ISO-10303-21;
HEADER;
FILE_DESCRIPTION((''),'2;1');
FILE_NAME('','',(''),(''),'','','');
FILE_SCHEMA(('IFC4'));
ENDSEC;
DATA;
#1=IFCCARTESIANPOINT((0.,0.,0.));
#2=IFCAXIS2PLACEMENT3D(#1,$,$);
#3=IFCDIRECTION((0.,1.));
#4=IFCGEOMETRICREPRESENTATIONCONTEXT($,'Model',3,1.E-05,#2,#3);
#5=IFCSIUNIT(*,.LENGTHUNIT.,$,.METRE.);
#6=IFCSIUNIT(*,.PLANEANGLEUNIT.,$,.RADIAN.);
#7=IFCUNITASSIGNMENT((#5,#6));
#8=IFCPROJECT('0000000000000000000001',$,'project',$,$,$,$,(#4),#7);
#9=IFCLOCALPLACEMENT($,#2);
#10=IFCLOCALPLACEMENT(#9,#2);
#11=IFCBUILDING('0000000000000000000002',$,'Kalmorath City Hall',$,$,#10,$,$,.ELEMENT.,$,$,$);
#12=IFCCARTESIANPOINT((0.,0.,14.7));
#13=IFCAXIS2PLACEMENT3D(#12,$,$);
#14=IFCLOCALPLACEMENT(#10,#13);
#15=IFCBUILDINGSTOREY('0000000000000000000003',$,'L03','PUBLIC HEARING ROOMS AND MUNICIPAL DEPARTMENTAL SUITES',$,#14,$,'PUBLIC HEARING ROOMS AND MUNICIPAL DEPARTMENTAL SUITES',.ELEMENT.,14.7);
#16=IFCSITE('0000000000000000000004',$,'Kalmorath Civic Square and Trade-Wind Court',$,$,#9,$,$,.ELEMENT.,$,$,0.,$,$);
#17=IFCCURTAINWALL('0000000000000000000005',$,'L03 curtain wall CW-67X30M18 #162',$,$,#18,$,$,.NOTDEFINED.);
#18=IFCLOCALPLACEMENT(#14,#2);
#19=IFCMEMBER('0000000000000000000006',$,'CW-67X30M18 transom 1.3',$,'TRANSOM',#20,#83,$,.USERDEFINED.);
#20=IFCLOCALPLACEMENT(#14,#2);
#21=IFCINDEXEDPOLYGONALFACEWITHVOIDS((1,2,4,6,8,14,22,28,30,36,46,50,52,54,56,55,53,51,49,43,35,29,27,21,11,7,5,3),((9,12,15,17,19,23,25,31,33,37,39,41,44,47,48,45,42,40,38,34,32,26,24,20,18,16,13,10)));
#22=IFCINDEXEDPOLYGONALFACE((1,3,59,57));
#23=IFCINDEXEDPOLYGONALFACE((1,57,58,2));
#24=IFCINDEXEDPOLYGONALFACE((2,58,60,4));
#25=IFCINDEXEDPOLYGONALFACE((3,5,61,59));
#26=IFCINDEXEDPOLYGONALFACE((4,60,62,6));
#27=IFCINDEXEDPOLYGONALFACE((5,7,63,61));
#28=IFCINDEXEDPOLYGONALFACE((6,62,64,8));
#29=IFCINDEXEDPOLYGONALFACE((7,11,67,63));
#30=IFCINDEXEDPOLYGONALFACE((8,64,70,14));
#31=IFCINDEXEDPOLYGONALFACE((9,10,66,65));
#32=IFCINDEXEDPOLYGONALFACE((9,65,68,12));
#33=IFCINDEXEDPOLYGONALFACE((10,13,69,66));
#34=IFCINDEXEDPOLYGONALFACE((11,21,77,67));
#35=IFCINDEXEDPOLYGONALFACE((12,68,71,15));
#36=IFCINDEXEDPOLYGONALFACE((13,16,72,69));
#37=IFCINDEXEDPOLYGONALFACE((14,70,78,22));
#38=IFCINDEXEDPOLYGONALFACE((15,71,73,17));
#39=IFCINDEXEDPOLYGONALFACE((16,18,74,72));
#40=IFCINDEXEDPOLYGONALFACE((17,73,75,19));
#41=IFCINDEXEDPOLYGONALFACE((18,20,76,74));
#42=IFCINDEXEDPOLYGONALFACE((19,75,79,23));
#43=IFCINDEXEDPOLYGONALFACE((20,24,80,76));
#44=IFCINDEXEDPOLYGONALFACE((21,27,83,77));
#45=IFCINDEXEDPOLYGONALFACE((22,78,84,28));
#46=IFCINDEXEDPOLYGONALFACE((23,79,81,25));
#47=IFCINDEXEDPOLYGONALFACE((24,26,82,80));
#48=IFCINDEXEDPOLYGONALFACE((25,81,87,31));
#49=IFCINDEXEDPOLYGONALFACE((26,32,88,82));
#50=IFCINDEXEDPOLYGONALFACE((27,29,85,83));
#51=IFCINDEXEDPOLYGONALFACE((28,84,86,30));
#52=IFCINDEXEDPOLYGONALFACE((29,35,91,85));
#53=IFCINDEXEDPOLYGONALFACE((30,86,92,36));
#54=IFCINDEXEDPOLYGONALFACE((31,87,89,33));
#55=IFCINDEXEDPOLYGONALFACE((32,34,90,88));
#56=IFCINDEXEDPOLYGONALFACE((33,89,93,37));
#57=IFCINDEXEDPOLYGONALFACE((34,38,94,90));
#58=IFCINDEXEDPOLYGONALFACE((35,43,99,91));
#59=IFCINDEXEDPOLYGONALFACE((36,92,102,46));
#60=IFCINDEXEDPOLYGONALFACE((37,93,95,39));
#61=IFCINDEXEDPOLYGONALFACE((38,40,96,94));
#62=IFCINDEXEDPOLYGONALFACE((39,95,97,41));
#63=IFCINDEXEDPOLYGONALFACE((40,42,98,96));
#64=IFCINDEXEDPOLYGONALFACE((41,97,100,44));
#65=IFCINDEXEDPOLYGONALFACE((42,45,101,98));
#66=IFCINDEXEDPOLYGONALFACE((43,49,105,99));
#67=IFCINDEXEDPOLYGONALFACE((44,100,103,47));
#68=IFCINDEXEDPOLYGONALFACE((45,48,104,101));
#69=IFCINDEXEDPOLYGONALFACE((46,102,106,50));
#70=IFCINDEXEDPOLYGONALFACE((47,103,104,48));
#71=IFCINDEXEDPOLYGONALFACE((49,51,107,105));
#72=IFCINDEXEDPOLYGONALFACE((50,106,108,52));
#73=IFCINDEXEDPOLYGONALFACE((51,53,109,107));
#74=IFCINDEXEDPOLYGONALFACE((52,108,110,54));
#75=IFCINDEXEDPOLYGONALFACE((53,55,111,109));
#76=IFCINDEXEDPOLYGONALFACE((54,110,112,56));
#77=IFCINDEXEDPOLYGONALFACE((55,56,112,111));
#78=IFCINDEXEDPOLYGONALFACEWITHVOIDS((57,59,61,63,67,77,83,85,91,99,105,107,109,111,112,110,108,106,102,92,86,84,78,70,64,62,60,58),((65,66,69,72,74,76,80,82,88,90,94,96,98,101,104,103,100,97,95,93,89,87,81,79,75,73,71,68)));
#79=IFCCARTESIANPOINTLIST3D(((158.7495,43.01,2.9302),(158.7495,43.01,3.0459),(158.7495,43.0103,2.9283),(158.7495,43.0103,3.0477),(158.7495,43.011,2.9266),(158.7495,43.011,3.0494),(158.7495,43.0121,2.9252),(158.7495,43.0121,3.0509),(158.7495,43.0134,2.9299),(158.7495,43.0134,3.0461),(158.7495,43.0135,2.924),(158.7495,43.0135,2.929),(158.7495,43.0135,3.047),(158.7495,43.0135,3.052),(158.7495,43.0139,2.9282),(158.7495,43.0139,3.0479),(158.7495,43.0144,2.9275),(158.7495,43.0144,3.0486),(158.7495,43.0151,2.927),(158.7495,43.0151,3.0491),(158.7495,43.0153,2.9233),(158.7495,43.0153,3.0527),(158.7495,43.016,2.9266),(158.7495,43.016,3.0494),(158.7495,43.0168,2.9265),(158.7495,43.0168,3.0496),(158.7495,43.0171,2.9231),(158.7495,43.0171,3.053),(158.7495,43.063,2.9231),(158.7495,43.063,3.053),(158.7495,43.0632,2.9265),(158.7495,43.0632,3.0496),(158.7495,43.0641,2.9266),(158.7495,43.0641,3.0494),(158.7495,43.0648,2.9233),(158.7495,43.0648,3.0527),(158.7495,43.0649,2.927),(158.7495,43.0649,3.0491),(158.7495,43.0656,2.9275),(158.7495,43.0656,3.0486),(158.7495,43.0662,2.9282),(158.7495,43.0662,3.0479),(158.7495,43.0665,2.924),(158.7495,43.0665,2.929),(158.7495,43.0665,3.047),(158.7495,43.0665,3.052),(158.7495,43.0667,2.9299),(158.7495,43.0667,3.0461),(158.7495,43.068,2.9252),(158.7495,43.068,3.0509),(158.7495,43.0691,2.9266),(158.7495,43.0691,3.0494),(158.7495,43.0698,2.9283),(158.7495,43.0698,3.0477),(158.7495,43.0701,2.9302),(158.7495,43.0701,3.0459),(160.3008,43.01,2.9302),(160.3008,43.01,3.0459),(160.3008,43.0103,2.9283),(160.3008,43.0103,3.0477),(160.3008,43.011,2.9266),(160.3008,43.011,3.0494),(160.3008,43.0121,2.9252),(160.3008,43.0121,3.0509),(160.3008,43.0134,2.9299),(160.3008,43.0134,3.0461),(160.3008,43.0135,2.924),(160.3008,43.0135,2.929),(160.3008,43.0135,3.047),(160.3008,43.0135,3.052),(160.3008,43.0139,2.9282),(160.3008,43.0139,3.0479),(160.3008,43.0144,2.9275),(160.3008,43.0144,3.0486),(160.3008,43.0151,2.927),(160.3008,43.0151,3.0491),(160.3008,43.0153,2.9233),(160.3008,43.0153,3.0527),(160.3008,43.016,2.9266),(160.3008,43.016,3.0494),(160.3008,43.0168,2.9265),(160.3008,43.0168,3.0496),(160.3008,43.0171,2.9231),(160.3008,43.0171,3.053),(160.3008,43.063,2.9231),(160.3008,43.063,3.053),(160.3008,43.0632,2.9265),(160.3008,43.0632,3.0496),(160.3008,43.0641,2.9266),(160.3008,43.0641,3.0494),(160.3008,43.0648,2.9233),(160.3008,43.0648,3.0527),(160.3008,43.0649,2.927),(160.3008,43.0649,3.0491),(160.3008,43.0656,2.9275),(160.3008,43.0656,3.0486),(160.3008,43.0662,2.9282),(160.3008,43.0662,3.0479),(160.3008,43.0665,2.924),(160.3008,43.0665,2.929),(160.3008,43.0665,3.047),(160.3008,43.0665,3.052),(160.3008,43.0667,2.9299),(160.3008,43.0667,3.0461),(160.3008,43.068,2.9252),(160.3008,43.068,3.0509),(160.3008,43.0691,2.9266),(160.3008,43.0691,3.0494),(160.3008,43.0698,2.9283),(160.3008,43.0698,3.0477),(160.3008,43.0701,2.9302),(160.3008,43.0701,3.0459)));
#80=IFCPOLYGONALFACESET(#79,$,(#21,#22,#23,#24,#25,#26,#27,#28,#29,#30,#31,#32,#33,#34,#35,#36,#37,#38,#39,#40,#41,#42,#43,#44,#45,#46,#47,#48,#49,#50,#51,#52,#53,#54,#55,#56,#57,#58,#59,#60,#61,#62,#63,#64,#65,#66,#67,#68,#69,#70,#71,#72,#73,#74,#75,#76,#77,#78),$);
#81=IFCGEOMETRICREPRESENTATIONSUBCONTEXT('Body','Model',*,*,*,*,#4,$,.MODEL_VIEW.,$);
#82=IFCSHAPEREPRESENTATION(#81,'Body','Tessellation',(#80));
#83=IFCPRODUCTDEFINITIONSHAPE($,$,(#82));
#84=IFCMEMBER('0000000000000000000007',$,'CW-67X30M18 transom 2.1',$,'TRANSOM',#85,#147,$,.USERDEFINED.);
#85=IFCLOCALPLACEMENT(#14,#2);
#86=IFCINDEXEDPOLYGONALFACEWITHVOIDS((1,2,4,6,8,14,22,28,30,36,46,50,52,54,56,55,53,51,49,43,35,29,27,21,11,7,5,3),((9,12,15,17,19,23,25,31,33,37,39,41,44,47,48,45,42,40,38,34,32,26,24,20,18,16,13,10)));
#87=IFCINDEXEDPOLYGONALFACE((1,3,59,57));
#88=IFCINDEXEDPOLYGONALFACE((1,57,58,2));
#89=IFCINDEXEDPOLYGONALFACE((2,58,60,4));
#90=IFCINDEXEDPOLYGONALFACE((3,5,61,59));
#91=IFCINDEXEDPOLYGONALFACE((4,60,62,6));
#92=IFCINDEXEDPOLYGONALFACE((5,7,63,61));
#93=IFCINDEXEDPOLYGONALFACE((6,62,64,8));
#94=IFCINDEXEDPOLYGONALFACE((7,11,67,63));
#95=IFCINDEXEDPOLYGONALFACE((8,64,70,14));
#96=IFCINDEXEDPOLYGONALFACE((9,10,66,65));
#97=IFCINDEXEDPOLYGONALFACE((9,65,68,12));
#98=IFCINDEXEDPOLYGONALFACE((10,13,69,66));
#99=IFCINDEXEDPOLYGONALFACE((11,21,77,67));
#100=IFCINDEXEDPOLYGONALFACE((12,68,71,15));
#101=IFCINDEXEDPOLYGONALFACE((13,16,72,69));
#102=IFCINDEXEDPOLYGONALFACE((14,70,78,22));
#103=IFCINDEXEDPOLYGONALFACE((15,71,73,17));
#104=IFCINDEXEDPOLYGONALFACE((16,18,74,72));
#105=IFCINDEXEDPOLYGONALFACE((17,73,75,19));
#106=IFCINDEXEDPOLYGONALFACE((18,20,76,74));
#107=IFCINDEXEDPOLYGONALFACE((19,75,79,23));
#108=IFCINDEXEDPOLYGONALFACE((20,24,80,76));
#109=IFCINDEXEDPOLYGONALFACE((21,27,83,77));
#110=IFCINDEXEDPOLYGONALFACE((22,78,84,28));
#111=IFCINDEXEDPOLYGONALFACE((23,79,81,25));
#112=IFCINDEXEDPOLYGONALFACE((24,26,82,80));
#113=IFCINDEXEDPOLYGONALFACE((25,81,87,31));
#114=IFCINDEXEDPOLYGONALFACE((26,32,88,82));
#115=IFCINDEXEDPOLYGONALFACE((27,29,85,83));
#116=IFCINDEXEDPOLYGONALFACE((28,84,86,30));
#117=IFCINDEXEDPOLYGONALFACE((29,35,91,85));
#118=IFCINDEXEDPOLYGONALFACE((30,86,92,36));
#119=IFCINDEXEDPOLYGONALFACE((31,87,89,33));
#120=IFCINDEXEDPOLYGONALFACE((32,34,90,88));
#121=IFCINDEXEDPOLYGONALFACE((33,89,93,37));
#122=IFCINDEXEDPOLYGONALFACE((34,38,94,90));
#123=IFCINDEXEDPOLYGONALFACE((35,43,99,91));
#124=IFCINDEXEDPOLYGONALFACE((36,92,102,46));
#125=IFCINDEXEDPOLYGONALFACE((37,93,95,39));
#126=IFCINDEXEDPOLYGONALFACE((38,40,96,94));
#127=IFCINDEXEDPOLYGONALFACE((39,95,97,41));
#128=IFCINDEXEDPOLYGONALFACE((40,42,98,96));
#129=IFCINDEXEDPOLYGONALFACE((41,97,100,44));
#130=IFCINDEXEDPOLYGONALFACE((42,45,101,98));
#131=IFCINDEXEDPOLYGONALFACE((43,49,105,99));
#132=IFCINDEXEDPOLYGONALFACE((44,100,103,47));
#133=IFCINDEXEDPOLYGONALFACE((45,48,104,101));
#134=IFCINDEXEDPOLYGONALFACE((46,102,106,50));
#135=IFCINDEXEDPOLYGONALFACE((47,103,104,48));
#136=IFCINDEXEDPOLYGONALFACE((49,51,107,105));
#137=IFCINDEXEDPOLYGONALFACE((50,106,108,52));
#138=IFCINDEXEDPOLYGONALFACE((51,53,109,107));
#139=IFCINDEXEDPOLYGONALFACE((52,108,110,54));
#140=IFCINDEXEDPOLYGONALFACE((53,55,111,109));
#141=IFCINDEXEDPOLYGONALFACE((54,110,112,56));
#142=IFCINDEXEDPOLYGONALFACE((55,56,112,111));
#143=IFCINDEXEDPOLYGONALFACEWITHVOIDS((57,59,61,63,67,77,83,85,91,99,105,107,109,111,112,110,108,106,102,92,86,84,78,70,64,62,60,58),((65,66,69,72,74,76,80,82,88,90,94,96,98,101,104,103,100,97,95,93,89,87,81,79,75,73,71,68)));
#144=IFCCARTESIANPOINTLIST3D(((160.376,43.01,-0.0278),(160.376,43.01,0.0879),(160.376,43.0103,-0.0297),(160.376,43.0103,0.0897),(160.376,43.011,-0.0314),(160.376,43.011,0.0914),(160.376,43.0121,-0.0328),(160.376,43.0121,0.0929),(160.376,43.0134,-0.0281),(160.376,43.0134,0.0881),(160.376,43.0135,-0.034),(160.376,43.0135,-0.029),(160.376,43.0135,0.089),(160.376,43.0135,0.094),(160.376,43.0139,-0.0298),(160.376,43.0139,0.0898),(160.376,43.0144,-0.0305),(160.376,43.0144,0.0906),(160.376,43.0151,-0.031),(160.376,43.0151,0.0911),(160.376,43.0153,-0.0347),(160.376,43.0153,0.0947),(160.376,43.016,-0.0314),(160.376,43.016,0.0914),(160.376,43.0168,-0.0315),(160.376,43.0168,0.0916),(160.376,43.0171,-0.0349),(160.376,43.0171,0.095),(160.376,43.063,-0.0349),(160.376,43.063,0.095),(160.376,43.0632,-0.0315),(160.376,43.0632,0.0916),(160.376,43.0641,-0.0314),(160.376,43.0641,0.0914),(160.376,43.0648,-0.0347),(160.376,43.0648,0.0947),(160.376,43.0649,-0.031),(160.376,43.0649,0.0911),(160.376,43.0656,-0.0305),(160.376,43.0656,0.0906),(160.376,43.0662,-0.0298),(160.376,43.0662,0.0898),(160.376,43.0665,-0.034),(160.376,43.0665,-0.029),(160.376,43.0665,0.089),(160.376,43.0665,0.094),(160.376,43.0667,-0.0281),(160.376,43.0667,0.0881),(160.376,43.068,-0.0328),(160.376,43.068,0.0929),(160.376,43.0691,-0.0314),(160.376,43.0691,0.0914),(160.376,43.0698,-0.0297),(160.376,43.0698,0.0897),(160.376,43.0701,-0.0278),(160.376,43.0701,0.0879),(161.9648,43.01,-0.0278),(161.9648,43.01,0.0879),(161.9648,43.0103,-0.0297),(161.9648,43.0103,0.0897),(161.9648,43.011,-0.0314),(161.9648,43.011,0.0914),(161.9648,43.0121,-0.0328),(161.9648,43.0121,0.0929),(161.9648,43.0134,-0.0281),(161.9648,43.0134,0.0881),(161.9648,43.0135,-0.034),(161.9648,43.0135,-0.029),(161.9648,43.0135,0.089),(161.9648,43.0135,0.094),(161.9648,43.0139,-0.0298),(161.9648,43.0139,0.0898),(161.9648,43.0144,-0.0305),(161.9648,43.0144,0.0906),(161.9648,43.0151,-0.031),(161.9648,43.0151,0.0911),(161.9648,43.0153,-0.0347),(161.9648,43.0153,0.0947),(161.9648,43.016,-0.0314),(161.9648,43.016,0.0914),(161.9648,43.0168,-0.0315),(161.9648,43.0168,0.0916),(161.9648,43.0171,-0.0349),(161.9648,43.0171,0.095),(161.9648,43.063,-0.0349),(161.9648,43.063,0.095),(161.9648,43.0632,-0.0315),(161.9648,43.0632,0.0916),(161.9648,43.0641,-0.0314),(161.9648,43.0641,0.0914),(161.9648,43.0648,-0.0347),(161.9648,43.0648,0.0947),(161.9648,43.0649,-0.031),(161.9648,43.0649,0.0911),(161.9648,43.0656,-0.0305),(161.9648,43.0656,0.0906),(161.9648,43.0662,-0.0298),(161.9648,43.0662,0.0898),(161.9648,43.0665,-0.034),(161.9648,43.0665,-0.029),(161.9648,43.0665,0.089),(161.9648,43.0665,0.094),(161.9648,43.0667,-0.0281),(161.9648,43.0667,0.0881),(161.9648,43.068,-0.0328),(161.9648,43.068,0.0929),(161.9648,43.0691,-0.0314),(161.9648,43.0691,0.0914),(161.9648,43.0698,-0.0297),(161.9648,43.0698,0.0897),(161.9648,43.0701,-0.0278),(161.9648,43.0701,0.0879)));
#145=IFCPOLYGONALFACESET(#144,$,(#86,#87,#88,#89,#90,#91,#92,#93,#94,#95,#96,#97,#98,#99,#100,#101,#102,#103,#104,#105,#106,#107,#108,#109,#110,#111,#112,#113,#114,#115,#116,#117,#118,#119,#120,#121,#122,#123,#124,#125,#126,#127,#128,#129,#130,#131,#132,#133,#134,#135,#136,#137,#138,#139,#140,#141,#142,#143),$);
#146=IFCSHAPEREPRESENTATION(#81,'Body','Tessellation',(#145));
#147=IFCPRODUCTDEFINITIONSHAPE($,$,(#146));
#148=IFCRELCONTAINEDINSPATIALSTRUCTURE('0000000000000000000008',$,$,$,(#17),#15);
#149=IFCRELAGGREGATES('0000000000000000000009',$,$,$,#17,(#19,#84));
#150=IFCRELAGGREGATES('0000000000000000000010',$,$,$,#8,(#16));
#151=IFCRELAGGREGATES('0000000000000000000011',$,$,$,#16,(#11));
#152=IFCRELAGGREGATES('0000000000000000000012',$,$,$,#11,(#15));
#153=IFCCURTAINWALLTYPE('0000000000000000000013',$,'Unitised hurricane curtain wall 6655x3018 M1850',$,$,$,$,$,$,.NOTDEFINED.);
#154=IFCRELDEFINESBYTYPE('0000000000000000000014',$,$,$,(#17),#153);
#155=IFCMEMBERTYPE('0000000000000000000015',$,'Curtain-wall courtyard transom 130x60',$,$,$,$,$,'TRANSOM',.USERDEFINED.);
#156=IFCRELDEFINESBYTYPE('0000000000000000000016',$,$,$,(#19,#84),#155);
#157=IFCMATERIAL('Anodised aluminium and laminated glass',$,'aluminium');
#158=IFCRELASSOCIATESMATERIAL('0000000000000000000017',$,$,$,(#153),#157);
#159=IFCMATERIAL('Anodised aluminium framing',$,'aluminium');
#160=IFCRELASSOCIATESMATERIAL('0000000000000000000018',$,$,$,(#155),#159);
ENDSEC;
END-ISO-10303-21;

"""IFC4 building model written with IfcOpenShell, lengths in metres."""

from ifc_helpers import new_model, si_unit, direction, frame, origin, origin_2d, place, context, subcontext, project, spatial, hollow_rectangle, extrude, material, material_profile, profile_set, type_object, element, aggregate, save


model = new_model("IFC4")

# Units and contexts
model_context = context("Model", 3, precision=1e-05, world=origin(), true_north=direction((0.0, 1.0)))
body_context = subcontext(model_context, "Body", "Model", "MODEL_VIEW")
ifc_project = project(units=[si_unit("LENGTHUNIT", "METRE"), si_unit("PLANEANGLEUNIT", "RADIAN")], contexts=[model_context])

# Site, building, storey
site_placement = place(None, origin())
site = spatial("IfcSite", under=ifc_project, at=site_placement, Name="Kalmorath Civic Square and Trade-Wind Court", CompositionType="ELEMENT", RefElevation=0.0)
building_placement = place(site_placement, origin())
building = spatial("IfcBuilding", under=site, at=building_placement, Name="Kalmorath City Hall", CompositionType="ELEMENT")
storey_placement = place(building_placement, frame((0.0, 0.0, 14.7)))
storey = spatial("IfcBuildingStorey", under=building, at=storey_placement, Name="L03", Description="PUBLIC HEARING ROOMS AND MUNICIPAL DEPARTMENTAL SUITES", LongName="PUBLIC HEARING ROOMS AND MUNICIPAL DEPARTMENTAL SUITES", CompositionType="ELEMENT", Elevation=14.7)

# Curtain wall, members
ifc_material_1 = material(Name="Anodised aluminium and laminated glass", Category="aluminium")
curtain_wall_type = type_object("IfcCurtainWallType", Name="Unitised hurricane curtain wall 6655x3018 M1850", PredefinedType="NOTDEFINED", material=ifc_material_1)
curtain_wall_placement = place(storey_placement, origin())
curtain_wall = element("IfcCurtainWall", 1, at=curtain_wall_placement, inside=storey, type_object=curtain_wall_type, Name="L03 curtain wall CW-67X30M18 #162", PredefinedType="NOTDEFINED")
ifc_material_2 = material(Name="Anodised aluminium framing", Category="aluminium")
ifc_material_profile_1 = material_profile(ifc_material_2, hollow_rectangle(XDim=0.0601, YDim=0.1299, WallThickness=0.0034, InnerFilletRadius=0.0034, OuterFilletRadius=0.0071, at=origin_2d()), Name="ALU-TRN-130X60X3.5")
ifc_profile_set_1 = profile_set([ifc_material_profile_1], Name="Anodised aluminium framing")
member_type_1 = type_object("IfcMemberType", Name="Curtain-wall courtyard transom 130x60", ElementType="TRANSOM", PredefinedType="USERDEFINED", material=ifc_profile_set_1)
member_1_placement = place(storey_placement, frame((158.7495, 43.04, 2.988), z_axis=(1.0, 0.0, 0.0), x_axis=(0.0, 1.0, 0.0)))
member_1 = element("IfcMember", 2, at=member_1_placement, type_object=member_type_1, Name="CW-67X30M18 transom 1.3", ObjectType="TRANSOM", PredefinedType="USERDEFINED", context=body_context, shape_type="SweptSolid", body=[
    extrude(hollow_rectangle(XDim=0.0601, YDim=0.1299, WallThickness=0.0034, InnerFilletRadius=0.0034, OuterFilletRadius=0.0071, at=origin_2d()), origin(), (0.0, 0.0, 1.0), 1.5513),
])
member_2_placement = place(storey_placement, frame((160.376, 43.04, 0.03), z_axis=(1.0, 0.0, 0.0), x_axis=(0.0, 1.0, 0.0)))
member_2 = element("IfcMember", 3, at=member_2_placement, type_object=member_type_1, Name="CW-67X30M18 transom 2.1", ObjectType="TRANSOM", PredefinedType="USERDEFINED", context=body_context, shape_type="SweptSolid", body=[
    extrude(hollow_rectangle(XDim=0.0601, YDim=0.1299, WallThickness=0.0034, InnerFilletRadius=0.0034, OuterFilletRadius=0.0071, at=origin_2d()), origin(), (0.0, 0.0, 1.0), 1.5889),
])
aggregate(curtain_wall, [member_1, member_2])

save(model, "model.ifc")
